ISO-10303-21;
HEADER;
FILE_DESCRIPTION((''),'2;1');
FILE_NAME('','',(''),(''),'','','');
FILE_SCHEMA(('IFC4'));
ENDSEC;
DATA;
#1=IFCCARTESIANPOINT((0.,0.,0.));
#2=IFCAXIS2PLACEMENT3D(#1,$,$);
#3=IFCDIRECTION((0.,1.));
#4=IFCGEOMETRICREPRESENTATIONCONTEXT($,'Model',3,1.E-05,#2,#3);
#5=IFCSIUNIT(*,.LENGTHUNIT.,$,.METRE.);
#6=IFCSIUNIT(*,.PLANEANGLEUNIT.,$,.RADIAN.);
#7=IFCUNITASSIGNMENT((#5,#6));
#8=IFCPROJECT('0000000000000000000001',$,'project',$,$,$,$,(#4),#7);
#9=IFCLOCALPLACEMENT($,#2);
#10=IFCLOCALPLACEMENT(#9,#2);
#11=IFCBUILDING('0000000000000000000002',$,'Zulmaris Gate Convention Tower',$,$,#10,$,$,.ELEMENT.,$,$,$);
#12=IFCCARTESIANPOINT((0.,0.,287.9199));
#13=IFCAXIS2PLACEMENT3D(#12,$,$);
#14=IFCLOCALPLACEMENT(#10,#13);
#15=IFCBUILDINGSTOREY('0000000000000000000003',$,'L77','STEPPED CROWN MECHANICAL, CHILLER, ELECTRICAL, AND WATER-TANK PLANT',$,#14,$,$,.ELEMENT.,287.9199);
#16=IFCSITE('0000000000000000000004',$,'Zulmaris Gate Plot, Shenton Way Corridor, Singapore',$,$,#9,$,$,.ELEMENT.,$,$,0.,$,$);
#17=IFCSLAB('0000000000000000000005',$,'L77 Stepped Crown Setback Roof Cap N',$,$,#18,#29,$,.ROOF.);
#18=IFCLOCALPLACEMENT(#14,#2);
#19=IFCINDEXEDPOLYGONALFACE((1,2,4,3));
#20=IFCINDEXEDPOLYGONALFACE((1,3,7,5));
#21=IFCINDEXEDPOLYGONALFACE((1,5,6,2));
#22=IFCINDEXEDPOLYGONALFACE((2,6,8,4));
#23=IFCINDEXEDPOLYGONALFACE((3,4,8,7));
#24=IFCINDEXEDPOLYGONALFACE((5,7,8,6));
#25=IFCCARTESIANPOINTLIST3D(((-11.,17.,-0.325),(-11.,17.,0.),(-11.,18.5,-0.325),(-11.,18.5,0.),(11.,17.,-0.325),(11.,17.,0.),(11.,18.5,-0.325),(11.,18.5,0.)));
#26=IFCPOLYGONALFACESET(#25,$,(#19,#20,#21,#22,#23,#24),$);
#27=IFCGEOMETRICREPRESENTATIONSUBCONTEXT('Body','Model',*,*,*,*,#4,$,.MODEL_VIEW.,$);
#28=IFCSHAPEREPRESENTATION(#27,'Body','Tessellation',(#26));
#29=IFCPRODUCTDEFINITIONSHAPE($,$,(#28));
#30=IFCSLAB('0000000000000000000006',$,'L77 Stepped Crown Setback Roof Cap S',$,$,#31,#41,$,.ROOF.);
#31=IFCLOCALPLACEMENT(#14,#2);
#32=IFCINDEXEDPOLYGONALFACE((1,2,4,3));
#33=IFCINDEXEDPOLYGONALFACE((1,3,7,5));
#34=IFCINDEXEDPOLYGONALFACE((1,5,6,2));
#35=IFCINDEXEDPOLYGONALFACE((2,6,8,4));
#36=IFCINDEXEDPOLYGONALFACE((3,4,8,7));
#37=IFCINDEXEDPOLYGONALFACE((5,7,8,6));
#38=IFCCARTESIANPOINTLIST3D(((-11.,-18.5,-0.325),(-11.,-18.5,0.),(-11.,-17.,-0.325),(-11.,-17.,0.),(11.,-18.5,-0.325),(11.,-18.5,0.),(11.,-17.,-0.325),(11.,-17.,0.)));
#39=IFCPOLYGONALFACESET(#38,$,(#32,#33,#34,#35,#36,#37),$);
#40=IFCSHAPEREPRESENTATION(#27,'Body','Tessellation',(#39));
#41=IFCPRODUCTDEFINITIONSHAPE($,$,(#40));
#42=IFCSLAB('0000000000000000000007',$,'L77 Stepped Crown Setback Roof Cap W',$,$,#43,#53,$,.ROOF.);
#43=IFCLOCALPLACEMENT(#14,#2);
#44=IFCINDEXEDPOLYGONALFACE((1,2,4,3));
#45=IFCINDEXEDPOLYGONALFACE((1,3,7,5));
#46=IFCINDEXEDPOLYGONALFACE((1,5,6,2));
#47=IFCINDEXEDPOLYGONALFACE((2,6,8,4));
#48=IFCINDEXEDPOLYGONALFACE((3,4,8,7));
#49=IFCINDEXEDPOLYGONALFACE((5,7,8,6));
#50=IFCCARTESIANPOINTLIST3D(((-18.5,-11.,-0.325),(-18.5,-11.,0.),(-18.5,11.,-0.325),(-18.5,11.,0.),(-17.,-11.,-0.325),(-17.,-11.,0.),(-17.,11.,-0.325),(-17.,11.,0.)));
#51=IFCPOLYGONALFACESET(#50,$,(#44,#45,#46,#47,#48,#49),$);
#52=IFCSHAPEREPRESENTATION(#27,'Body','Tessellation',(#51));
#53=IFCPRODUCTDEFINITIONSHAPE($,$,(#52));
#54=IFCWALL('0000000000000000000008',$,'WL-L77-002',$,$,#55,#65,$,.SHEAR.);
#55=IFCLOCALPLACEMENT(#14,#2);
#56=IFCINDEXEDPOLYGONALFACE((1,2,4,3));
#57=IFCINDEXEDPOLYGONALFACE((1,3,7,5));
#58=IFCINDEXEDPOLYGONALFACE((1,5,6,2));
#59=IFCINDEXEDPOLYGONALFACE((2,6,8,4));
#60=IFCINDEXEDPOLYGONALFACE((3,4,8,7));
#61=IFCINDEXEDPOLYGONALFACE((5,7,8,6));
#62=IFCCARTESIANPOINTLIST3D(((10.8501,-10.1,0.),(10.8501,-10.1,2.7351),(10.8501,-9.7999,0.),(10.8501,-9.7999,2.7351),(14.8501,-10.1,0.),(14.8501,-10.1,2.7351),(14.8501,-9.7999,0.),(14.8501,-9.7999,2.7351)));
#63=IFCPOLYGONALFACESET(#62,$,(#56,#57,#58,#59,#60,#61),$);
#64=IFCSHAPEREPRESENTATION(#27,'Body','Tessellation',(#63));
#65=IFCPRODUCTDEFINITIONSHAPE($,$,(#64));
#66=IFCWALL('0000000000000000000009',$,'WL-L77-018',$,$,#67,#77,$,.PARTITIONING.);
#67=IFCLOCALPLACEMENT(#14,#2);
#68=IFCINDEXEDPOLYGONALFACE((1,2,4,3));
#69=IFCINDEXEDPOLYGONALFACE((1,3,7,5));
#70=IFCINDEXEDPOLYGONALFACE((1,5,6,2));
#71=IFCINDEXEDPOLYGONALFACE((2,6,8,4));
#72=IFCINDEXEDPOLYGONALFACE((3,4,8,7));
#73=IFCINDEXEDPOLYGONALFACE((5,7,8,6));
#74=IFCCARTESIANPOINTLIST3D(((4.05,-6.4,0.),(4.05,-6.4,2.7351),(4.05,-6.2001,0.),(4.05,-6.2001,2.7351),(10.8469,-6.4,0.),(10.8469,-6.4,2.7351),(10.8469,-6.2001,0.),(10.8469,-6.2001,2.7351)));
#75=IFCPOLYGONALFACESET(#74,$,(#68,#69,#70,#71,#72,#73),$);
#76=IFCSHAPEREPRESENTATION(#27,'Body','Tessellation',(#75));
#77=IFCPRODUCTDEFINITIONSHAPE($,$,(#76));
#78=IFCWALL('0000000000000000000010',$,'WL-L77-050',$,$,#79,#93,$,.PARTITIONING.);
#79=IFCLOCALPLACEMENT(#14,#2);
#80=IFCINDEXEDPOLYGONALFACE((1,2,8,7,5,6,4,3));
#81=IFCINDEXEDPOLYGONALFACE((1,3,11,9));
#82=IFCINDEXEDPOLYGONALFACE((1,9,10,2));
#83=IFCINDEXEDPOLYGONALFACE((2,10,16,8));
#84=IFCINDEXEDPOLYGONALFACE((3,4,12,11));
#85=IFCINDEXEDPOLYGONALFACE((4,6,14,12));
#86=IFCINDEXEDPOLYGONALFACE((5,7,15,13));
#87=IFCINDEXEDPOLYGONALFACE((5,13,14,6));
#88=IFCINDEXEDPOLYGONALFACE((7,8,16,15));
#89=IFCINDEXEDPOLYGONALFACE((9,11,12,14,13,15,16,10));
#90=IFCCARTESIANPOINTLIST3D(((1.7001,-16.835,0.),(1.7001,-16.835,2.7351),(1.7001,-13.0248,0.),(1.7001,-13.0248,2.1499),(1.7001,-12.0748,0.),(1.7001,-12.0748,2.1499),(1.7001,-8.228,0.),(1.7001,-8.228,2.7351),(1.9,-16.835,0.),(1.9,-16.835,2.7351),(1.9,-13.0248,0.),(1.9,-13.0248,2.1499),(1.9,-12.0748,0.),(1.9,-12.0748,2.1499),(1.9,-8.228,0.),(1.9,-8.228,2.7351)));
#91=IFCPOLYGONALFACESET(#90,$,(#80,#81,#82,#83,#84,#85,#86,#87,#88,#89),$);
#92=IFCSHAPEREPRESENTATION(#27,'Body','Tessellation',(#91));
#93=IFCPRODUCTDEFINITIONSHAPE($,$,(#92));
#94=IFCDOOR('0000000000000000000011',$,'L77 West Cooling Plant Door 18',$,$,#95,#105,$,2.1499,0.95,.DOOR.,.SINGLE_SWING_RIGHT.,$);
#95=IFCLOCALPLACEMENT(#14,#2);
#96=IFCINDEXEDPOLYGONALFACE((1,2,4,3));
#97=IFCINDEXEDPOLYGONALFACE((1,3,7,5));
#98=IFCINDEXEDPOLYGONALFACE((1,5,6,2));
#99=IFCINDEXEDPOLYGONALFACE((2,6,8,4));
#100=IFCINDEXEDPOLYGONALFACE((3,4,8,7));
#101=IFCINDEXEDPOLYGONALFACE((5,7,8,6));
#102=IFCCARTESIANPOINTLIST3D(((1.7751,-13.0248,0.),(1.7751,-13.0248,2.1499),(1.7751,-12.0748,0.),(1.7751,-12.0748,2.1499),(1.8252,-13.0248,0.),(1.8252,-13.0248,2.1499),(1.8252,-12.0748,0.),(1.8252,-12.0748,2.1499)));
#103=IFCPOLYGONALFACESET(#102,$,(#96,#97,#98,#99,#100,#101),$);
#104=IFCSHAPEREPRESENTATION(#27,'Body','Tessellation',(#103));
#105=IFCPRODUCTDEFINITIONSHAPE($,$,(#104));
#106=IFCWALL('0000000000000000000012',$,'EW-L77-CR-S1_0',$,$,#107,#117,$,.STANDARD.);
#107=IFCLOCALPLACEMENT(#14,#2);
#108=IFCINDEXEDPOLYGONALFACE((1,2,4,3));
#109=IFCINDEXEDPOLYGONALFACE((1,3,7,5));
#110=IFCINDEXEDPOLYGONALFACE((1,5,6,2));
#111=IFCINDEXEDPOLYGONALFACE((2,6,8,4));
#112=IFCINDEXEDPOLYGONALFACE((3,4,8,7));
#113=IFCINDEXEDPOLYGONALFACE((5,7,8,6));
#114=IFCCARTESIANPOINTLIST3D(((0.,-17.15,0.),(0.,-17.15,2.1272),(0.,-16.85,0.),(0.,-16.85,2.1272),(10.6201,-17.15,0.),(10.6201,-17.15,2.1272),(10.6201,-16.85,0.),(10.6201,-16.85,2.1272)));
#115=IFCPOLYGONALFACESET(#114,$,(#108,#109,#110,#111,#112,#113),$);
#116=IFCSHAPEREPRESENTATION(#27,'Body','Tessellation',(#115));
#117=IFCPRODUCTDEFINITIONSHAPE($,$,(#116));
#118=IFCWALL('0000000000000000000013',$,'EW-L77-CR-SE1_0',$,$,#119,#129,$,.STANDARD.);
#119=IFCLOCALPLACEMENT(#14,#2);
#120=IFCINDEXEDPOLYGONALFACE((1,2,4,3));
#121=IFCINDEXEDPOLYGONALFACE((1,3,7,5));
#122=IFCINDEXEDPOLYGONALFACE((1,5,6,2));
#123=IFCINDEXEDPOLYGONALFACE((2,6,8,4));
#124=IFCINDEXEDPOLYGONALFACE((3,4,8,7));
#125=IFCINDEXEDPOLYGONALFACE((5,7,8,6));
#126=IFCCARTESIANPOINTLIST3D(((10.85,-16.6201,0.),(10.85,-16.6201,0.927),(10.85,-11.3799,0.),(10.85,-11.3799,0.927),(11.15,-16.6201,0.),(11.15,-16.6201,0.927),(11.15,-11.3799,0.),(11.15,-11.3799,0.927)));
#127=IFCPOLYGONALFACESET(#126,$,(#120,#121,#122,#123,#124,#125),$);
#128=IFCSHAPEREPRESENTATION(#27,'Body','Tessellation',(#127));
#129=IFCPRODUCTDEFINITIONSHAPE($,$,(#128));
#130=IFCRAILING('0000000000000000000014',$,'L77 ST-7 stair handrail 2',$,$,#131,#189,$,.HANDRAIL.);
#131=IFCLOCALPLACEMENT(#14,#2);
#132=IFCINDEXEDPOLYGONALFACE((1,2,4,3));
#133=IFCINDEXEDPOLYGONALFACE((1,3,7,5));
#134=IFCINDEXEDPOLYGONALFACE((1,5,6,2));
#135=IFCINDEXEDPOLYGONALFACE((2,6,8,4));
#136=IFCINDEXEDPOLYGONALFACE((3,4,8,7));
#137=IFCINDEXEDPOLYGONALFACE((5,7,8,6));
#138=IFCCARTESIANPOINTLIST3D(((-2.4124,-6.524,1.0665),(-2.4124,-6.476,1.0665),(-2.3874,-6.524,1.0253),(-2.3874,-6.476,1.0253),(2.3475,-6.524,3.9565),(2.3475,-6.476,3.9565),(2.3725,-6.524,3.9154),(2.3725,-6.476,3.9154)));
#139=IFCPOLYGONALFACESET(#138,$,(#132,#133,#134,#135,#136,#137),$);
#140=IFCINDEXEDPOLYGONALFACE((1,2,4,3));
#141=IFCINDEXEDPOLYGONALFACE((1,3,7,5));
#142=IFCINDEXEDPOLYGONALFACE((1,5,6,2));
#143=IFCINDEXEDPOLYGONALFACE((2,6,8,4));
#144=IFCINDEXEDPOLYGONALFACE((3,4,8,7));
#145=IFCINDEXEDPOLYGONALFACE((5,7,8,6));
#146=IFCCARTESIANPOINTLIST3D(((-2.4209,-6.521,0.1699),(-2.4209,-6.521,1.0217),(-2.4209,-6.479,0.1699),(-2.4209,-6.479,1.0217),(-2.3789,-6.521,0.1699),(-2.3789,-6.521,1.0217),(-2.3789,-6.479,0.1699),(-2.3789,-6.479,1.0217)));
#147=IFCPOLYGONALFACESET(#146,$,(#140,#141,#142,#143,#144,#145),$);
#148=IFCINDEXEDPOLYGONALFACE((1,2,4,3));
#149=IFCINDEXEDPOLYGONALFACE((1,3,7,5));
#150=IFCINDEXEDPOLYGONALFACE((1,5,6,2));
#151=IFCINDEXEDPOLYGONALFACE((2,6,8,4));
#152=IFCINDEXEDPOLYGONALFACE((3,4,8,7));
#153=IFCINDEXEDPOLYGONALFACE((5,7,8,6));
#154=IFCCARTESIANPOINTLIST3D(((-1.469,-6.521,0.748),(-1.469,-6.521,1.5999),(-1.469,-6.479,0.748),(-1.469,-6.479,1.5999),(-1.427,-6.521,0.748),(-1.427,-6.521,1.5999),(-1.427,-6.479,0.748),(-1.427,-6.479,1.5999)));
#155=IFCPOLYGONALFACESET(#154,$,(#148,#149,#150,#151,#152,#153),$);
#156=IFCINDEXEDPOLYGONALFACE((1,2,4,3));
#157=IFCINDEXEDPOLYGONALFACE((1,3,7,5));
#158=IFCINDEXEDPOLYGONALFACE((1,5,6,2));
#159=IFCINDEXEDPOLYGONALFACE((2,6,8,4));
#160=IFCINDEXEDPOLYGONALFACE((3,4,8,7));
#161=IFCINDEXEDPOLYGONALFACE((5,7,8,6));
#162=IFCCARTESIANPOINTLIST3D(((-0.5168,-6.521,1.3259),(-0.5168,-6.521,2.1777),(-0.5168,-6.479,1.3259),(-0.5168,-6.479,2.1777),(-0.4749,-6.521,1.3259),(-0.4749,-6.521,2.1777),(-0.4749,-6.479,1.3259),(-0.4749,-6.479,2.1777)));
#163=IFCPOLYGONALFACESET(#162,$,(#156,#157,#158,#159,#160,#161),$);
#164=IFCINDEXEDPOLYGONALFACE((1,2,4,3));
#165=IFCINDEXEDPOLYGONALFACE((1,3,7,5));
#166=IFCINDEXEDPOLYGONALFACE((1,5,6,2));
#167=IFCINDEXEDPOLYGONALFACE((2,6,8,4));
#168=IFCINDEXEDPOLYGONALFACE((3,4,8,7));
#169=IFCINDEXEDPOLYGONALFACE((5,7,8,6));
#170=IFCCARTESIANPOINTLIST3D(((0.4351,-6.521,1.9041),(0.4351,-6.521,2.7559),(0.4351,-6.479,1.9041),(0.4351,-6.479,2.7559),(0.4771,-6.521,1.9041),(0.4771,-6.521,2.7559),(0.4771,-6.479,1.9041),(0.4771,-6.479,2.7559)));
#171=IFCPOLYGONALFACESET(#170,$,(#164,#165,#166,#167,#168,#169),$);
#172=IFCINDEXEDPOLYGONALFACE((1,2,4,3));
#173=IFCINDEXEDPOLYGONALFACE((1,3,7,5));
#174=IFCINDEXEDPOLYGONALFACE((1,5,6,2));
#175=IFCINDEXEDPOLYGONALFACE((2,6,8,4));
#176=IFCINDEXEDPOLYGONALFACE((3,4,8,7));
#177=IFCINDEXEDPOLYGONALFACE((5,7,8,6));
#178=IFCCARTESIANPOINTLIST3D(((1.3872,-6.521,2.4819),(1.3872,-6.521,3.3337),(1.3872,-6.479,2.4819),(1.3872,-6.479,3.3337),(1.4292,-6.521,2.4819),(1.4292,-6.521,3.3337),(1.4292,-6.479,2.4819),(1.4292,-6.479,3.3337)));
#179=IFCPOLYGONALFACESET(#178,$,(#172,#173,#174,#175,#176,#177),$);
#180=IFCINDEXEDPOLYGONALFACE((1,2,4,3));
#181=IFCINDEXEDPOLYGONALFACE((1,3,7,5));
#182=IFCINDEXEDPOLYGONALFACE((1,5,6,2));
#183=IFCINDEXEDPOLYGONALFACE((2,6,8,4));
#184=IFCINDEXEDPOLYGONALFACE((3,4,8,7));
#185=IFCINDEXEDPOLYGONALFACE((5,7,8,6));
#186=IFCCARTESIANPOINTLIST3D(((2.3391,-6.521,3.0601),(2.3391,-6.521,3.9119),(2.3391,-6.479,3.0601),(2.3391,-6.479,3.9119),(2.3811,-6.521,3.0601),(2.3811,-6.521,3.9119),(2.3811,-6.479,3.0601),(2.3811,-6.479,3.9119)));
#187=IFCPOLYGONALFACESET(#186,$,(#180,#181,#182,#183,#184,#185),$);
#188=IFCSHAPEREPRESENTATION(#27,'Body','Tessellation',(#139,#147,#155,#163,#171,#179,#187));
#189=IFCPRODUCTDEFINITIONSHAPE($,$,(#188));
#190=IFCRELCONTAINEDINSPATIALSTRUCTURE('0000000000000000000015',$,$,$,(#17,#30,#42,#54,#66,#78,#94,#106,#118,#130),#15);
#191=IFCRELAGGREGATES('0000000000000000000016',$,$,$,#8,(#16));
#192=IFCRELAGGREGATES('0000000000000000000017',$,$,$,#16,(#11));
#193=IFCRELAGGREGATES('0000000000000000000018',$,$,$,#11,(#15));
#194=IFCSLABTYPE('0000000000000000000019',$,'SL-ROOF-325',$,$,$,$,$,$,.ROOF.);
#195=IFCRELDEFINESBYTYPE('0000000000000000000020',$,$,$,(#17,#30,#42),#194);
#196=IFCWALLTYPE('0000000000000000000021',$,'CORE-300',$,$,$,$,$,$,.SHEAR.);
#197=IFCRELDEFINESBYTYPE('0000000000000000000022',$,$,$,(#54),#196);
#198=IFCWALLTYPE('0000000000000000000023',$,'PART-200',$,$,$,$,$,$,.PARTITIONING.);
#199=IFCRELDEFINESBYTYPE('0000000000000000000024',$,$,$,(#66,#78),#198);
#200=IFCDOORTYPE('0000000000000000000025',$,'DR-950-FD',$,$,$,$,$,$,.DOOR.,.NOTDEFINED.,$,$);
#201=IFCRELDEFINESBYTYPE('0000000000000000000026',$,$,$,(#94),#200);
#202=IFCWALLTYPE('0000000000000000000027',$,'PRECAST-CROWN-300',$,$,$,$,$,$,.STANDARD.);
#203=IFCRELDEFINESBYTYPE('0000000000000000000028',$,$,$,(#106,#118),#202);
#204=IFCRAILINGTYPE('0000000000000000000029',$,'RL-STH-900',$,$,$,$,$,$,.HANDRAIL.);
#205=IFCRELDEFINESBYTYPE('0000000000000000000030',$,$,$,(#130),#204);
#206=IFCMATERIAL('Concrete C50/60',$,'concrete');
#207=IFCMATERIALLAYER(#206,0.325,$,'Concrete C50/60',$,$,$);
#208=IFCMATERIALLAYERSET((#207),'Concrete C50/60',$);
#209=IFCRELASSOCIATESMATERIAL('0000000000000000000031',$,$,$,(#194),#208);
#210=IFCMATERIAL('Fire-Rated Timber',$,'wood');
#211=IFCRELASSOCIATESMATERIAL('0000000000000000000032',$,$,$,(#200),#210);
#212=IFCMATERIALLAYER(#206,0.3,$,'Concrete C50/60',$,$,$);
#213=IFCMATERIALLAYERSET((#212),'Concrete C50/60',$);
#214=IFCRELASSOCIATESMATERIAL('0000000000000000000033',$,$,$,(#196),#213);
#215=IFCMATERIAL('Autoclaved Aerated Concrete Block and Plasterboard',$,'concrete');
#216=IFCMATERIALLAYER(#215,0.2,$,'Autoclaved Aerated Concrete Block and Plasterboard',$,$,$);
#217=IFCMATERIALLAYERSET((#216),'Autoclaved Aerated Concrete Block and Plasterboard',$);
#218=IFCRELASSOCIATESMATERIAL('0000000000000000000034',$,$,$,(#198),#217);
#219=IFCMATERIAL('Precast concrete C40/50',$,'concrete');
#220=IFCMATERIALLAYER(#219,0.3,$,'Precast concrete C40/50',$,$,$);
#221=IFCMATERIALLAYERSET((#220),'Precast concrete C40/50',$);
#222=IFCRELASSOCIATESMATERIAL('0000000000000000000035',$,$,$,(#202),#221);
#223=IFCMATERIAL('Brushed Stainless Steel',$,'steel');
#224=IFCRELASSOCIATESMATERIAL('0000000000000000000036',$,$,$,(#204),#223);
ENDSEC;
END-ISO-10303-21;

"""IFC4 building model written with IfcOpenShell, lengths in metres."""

from ifc_helpers import new_model, si_unit, direction, frame, frame_2d, origin, origin_2d, place, context, subcontext, project, spatial, polyline, rectangle, outline, extrude, material, layer, layer_set, type_object, element, fill, save


model = new_model("IFC4")

# Units and contexts
model_context = context("Model", 3, precision=1e-05, world=origin(), true_north=direction((0.0, 1.0)))
body_context = subcontext(model_context, "Body", "Model", "MODEL_VIEW")
ifc_project = project(units=[si_unit("LENGTHUNIT", "METRE"), si_unit("PLANEANGLEUNIT", "RADIAN")], contexts=[model_context])

# Site, building, storey
site_placement = place(None, origin())
site = spatial("IfcSite", under=ifc_project, at=site_placement, Name="Zulmaris Gate Plot, Shenton Way Corridor, Singapore", CompositionType="ELEMENT", RefElevation=0.0)
building_placement = place(site_placement, origin())
building = spatial("IfcBuilding", under=site, at=building_placement, Name="Zulmaris Gate Convention Tower", CompositionType="ELEMENT")
storey_placement = place(building_placement, frame((0.0, 0.0, 287.9199)))
storey = spatial("IfcBuildingStorey", under=building, at=storey_placement, Name="L77", Description="STEPPED CROWN MECHANICAL, CHILLER, ELECTRICAL, AND WATER-TANK PLANT", CompositionType="ELEMENT", Elevation=287.9199)

# Shared definitions
ifc_material_1 = material(Name="Concrete C50/60", Category="concrete")

# Slabs
ifc_layer_1 = layer(ifc_material_1, 0.325, Name="Concrete C50/60")
ifc_layer_set_1 = layer_set([ifc_layer_1], Name="Concrete C50/60")
slab_type_1 = type_object("IfcSlabType", Name="SL-ROOF-325", PredefinedType="ROOF", material=ifc_layer_set_1)
slab_1_placement = place(storey_placement, frame((0.0, 0.0, -0.325)))
element("IfcSlab", 1, at=slab_1_placement, inside=storey, type_object=slab_type_1, Name="L77 Stepped Crown Setback Roof Cap N", PredefinedType="ROOF", context=body_context, shape_type="SweptSolid", body=[
    extrude(outline(polyline([(-11.0, 17.0), (11.0, 17.0), (11.0, 18.5), (-11.0, 18.5), (-11.0, 17.0)])), origin(), (0.0, 0.0, 1.0), 0.325),
])
slab_2_placement = place(storey_placement, frame((0.0, 0.0, -0.325)))
element("IfcSlab", 2, at=slab_2_placement, inside=storey, type_object=slab_type_1, Name="L77 Stepped Crown Setback Roof Cap S", PredefinedType="ROOF", context=body_context, shape_type="SweptSolid", body=[
    extrude(outline(polyline([(-11.0, -18.5), (11.0, -18.5), (11.0, -17.0), (-11.0, -17.0), (-11.0, -18.5)])), origin(), (0.0, 0.0, 1.0), 0.325),
])
slab_3_placement = place(storey_placement, frame((0.0, 0.0, -0.325)))
element("IfcSlab", 3, at=slab_3_placement, inside=storey, type_object=slab_type_1, Name="L77 Stepped Crown Setback Roof Cap W", PredefinedType="ROOF", context=body_context, shape_type="SweptSolid", body=[
    extrude(outline(polyline([(-18.5, -11.0), (-17.0, -11.0), (-17.0, 11.0), (-18.5, 11.0), (-18.5, -11.0)])), origin(), (0.0, 0.0, 1.0), 0.325),
])

# Shared definitions
ifc_material_2 = material(Name="Fire-Rated Timber", Category="wood")
door_type_1 = type_object("IfcDoorType", Name="DR-950-FD", OperationType="NOTDEFINED", PredefinedType="DOOR", material=ifc_material_2)

# Wall
ifc_layer_2 = layer(ifc_material_1, 0.3, Name="Concrete C50/60")
ifc_layer_set_2 = layer_set([ifc_layer_2], Name="Concrete C50/60")
wall_type_1 = type_object("IfcWallType", Name="CORE-300", PredefinedType="SHEAR", material=ifc_layer_set_2)
wall_1_placement = place(storey_placement, frame((10.8501, -9.95, 0.0), z_axis=(0.0, 0.0, 1.0), x_axis=(1.0, 0.0, 0.0)))
element("IfcWall", 4, at=wall_1_placement, inside=storey, type_object=wall_type_1, Name="WL-L77-002", PredefinedType="SHEAR", context=body_context, shape_type="SweptSolid", body=[
    extrude(rectangle(XDim=4.0, YDim=0.3, at=frame_2d((2.0, 0.0))), origin(), (0.0, 0.0, 1.0), 2.7351),
])

# Shared definitions
ifc_material_3 = material(Name="Autoclaved Aerated Concrete Block and Plasterboard", Category="concrete")
ifc_layer_3 = layer(ifc_material_3, 0.2, Name="Autoclaved Aerated Concrete Block and Plasterboard")
ifc_layer_set_3 = layer_set([ifc_layer_3], Name="Autoclaved Aerated Concrete Block and Plasterboard")
wall_type_2 = type_object("IfcWallType", Name="PART-200", PredefinedType="PARTITIONING", material=ifc_layer_set_3)

# Wall
wall_2_placement = place(storey_placement, frame((4.05, -6.3, 0.0), z_axis=(0.0, 0.0, 1.0), x_axis=(1.0, 0.0, 0.0)))
element("IfcWall", 5, at=wall_2_placement, inside=storey, type_object=wall_type_2, Name="WL-L77-018", PredefinedType="PARTITIONING", context=body_context, shape_type="SweptSolid", body=[
    extrude(rectangle(XDim=6.7969, YDim=0.2, at=frame_2d((3.3984, 0.0))), origin(), (0.0, 0.0, 1.0), 2.7351),
])

# Wall, opening, door
wall_3_placement = place(storey_placement, frame((1.8, -16.835, 0.0), z_axis=(0.0, 0.0, 1.0), x_axis=(0.0, 1.0, 0.0)))
wall_3 = element("IfcWall", 6, at=wall_3_placement, inside=storey, type_object=wall_type_2, Name="WL-L77-050", PredefinedType="PARTITIONING", context=body_context, shape_type="SweptSolid", body=[
    extrude(rectangle(XDim=8.6069, YDim=0.2, at=frame_2d((4.3035, 0.0))), origin(), (0.0, 0.0, 1.0), 2.7351),
])
opening_1_placement = place(wall_3_placement, frame((3.8101, 0.0, 0.0)))
opening_1 = element("IfcOpeningElement", 7, at=opening_1_placement, cuts=wall_3, PredefinedType="OPENING", context=body_context, shape_type="SweptSolid", body=[
    extrude(rectangle(XDim=0.95, YDim=2.1499, at=frame_2d((0.4751, 1.075))), frame((0.0, 0.1099, 0.0), z_axis=(0.0, -1.0, 0.0), x_axis=(1.0, 0.0, 0.0)), (0.0, 0.0, 1.0), 0.22),
])
door_1_placement = place(opening_1_placement, origin())
door_1 = element("IfcDoor", 8, at=door_1_placement, inside=storey, type_object=door_type_1, Name="L77 West Cooling Plant Door 18", OperationType="SINGLE_SWING_RIGHT", OverallHeight=2.1499, OverallWidth=0.95, PredefinedType="DOOR", context=body_context, shape_type="SweptSolid", body=[
    extrude(rectangle(XDim=0.95, YDim=2.1499, at=frame_2d((0.4751, 1.075))), frame((0.0, 0.0249, 0.0), z_axis=(0.0, -1.0, 0.0), x_axis=(1.0, 0.0, 0.0)), (0.0, 0.0, 1.0), 0.05),
])
fill(opening_1, door_1)

# Walls
ifc_material_4 = material(Name="Precast concrete C40/50", Category="concrete")
ifc_layer_4 = layer(ifc_material_4, 0.3, Name="Precast concrete C40/50")
ifc_layer_set_4 = layer_set([ifc_layer_4], Name="Precast concrete C40/50")
wall_type_3 = type_object("IfcWallType", Name="PRECAST-CROWN-300", PredefinedType="STANDARD", material=ifc_layer_set_4)
wall_4_placement = place(storey_placement, frame((0.0, -17.0, 0.0), z_axis=(0.0, 0.0, 1.0), x_axis=(1.0, 0.0, 0.0)))
element("IfcWall", 9, at=wall_4_placement, inside=storey, type_object=wall_type_3, Name="EW-L77-CR-S1_0", PredefinedType="STANDARD", context=body_context, shape_type="SweptSolid", body=[
    extrude(rectangle(XDim=10.6201, YDim=0.3, at=frame_2d((5.3101, 0.0))), origin(), (0.0, 0.0, 1.0), 2.1272),
])
wall_5_placement = place(storey_placement, frame((11.0, -16.6201, 0.0), z_axis=(0.0, 0.0, 1.0), x_axis=(0.0, 1.0, 0.0)))
element("IfcWall", 10, at=wall_5_placement, inside=storey, type_object=wall_type_3, Name="EW-L77-CR-SE1_0", PredefinedType="STANDARD", context=body_context, shape_type="SweptSolid", body=[
    extrude(rectangle(XDim=5.2402, YDim=0.3, at=frame_2d((2.6201, 0.0))), origin(), (0.0, 0.0, 1.0), 0.927),
])

# Railing
ifc_material_5 = material(Name="Brushed Stainless Steel", Category="steel")
railing_type = type_object("IfcRailingType", Name="RL-STH-900", PredefinedType="HANDRAIL", material=ifc_material_5)
railing_placement = place(storey_placement, frame((-2.3999, -6.5, 0.1699)))
element("IfcRailing", 11, at=railing_placement, inside=storey, type_object=railing_type, Name="L77 ST-7 stair handrail 2", PredefinedType="HANDRAIL", context=body_context, shape_type="SweptSolid", body=[
    extrude(rectangle(XDim=0.0481, YDim=0.0481, at=origin_2d()), frame((0.0, 0.0, 0.876), z_axis=(0.854777, 0.0, 0.518995), x_axis=(0.0, 1.0, 0.0)), (0.0, 0.0, 1.0), 5.5686),
    extrude(rectangle(XDim=0.042, YDim=0.042, at=origin_2d()), origin(), (0.0, 0.0, 1.0), 0.8518),
    extrude(rectangle(XDim=0.042, YDim=0.042, at=origin_2d()), frame((0.9519, 0.0, 0.5781)), (0.0, 0.0, 1.0), 0.8518),
    extrude(rectangle(XDim=0.042, YDim=0.042, at=origin_2d()), frame((1.9041, 0.0, 1.156)), (0.0, 0.0, 1.0), 0.8518),
    extrude(rectangle(XDim=0.042, YDim=0.042, at=origin_2d()), frame((2.856, 0.0, 1.7341)), (0.0, 0.0, 1.0), 0.8518),
    extrude(rectangle(XDim=0.042, YDim=0.042, at=origin_2d()), frame((3.8081, 0.0, 2.312)), (0.0, 0.0, 1.0), 0.8518),
    extrude(rectangle(XDim=0.042, YDim=0.042, at=origin_2d()), frame((4.76, 0.0, 2.8901)), (0.0, 0.0, 1.0), 0.8518),
])

save(model, "model.ifc")
